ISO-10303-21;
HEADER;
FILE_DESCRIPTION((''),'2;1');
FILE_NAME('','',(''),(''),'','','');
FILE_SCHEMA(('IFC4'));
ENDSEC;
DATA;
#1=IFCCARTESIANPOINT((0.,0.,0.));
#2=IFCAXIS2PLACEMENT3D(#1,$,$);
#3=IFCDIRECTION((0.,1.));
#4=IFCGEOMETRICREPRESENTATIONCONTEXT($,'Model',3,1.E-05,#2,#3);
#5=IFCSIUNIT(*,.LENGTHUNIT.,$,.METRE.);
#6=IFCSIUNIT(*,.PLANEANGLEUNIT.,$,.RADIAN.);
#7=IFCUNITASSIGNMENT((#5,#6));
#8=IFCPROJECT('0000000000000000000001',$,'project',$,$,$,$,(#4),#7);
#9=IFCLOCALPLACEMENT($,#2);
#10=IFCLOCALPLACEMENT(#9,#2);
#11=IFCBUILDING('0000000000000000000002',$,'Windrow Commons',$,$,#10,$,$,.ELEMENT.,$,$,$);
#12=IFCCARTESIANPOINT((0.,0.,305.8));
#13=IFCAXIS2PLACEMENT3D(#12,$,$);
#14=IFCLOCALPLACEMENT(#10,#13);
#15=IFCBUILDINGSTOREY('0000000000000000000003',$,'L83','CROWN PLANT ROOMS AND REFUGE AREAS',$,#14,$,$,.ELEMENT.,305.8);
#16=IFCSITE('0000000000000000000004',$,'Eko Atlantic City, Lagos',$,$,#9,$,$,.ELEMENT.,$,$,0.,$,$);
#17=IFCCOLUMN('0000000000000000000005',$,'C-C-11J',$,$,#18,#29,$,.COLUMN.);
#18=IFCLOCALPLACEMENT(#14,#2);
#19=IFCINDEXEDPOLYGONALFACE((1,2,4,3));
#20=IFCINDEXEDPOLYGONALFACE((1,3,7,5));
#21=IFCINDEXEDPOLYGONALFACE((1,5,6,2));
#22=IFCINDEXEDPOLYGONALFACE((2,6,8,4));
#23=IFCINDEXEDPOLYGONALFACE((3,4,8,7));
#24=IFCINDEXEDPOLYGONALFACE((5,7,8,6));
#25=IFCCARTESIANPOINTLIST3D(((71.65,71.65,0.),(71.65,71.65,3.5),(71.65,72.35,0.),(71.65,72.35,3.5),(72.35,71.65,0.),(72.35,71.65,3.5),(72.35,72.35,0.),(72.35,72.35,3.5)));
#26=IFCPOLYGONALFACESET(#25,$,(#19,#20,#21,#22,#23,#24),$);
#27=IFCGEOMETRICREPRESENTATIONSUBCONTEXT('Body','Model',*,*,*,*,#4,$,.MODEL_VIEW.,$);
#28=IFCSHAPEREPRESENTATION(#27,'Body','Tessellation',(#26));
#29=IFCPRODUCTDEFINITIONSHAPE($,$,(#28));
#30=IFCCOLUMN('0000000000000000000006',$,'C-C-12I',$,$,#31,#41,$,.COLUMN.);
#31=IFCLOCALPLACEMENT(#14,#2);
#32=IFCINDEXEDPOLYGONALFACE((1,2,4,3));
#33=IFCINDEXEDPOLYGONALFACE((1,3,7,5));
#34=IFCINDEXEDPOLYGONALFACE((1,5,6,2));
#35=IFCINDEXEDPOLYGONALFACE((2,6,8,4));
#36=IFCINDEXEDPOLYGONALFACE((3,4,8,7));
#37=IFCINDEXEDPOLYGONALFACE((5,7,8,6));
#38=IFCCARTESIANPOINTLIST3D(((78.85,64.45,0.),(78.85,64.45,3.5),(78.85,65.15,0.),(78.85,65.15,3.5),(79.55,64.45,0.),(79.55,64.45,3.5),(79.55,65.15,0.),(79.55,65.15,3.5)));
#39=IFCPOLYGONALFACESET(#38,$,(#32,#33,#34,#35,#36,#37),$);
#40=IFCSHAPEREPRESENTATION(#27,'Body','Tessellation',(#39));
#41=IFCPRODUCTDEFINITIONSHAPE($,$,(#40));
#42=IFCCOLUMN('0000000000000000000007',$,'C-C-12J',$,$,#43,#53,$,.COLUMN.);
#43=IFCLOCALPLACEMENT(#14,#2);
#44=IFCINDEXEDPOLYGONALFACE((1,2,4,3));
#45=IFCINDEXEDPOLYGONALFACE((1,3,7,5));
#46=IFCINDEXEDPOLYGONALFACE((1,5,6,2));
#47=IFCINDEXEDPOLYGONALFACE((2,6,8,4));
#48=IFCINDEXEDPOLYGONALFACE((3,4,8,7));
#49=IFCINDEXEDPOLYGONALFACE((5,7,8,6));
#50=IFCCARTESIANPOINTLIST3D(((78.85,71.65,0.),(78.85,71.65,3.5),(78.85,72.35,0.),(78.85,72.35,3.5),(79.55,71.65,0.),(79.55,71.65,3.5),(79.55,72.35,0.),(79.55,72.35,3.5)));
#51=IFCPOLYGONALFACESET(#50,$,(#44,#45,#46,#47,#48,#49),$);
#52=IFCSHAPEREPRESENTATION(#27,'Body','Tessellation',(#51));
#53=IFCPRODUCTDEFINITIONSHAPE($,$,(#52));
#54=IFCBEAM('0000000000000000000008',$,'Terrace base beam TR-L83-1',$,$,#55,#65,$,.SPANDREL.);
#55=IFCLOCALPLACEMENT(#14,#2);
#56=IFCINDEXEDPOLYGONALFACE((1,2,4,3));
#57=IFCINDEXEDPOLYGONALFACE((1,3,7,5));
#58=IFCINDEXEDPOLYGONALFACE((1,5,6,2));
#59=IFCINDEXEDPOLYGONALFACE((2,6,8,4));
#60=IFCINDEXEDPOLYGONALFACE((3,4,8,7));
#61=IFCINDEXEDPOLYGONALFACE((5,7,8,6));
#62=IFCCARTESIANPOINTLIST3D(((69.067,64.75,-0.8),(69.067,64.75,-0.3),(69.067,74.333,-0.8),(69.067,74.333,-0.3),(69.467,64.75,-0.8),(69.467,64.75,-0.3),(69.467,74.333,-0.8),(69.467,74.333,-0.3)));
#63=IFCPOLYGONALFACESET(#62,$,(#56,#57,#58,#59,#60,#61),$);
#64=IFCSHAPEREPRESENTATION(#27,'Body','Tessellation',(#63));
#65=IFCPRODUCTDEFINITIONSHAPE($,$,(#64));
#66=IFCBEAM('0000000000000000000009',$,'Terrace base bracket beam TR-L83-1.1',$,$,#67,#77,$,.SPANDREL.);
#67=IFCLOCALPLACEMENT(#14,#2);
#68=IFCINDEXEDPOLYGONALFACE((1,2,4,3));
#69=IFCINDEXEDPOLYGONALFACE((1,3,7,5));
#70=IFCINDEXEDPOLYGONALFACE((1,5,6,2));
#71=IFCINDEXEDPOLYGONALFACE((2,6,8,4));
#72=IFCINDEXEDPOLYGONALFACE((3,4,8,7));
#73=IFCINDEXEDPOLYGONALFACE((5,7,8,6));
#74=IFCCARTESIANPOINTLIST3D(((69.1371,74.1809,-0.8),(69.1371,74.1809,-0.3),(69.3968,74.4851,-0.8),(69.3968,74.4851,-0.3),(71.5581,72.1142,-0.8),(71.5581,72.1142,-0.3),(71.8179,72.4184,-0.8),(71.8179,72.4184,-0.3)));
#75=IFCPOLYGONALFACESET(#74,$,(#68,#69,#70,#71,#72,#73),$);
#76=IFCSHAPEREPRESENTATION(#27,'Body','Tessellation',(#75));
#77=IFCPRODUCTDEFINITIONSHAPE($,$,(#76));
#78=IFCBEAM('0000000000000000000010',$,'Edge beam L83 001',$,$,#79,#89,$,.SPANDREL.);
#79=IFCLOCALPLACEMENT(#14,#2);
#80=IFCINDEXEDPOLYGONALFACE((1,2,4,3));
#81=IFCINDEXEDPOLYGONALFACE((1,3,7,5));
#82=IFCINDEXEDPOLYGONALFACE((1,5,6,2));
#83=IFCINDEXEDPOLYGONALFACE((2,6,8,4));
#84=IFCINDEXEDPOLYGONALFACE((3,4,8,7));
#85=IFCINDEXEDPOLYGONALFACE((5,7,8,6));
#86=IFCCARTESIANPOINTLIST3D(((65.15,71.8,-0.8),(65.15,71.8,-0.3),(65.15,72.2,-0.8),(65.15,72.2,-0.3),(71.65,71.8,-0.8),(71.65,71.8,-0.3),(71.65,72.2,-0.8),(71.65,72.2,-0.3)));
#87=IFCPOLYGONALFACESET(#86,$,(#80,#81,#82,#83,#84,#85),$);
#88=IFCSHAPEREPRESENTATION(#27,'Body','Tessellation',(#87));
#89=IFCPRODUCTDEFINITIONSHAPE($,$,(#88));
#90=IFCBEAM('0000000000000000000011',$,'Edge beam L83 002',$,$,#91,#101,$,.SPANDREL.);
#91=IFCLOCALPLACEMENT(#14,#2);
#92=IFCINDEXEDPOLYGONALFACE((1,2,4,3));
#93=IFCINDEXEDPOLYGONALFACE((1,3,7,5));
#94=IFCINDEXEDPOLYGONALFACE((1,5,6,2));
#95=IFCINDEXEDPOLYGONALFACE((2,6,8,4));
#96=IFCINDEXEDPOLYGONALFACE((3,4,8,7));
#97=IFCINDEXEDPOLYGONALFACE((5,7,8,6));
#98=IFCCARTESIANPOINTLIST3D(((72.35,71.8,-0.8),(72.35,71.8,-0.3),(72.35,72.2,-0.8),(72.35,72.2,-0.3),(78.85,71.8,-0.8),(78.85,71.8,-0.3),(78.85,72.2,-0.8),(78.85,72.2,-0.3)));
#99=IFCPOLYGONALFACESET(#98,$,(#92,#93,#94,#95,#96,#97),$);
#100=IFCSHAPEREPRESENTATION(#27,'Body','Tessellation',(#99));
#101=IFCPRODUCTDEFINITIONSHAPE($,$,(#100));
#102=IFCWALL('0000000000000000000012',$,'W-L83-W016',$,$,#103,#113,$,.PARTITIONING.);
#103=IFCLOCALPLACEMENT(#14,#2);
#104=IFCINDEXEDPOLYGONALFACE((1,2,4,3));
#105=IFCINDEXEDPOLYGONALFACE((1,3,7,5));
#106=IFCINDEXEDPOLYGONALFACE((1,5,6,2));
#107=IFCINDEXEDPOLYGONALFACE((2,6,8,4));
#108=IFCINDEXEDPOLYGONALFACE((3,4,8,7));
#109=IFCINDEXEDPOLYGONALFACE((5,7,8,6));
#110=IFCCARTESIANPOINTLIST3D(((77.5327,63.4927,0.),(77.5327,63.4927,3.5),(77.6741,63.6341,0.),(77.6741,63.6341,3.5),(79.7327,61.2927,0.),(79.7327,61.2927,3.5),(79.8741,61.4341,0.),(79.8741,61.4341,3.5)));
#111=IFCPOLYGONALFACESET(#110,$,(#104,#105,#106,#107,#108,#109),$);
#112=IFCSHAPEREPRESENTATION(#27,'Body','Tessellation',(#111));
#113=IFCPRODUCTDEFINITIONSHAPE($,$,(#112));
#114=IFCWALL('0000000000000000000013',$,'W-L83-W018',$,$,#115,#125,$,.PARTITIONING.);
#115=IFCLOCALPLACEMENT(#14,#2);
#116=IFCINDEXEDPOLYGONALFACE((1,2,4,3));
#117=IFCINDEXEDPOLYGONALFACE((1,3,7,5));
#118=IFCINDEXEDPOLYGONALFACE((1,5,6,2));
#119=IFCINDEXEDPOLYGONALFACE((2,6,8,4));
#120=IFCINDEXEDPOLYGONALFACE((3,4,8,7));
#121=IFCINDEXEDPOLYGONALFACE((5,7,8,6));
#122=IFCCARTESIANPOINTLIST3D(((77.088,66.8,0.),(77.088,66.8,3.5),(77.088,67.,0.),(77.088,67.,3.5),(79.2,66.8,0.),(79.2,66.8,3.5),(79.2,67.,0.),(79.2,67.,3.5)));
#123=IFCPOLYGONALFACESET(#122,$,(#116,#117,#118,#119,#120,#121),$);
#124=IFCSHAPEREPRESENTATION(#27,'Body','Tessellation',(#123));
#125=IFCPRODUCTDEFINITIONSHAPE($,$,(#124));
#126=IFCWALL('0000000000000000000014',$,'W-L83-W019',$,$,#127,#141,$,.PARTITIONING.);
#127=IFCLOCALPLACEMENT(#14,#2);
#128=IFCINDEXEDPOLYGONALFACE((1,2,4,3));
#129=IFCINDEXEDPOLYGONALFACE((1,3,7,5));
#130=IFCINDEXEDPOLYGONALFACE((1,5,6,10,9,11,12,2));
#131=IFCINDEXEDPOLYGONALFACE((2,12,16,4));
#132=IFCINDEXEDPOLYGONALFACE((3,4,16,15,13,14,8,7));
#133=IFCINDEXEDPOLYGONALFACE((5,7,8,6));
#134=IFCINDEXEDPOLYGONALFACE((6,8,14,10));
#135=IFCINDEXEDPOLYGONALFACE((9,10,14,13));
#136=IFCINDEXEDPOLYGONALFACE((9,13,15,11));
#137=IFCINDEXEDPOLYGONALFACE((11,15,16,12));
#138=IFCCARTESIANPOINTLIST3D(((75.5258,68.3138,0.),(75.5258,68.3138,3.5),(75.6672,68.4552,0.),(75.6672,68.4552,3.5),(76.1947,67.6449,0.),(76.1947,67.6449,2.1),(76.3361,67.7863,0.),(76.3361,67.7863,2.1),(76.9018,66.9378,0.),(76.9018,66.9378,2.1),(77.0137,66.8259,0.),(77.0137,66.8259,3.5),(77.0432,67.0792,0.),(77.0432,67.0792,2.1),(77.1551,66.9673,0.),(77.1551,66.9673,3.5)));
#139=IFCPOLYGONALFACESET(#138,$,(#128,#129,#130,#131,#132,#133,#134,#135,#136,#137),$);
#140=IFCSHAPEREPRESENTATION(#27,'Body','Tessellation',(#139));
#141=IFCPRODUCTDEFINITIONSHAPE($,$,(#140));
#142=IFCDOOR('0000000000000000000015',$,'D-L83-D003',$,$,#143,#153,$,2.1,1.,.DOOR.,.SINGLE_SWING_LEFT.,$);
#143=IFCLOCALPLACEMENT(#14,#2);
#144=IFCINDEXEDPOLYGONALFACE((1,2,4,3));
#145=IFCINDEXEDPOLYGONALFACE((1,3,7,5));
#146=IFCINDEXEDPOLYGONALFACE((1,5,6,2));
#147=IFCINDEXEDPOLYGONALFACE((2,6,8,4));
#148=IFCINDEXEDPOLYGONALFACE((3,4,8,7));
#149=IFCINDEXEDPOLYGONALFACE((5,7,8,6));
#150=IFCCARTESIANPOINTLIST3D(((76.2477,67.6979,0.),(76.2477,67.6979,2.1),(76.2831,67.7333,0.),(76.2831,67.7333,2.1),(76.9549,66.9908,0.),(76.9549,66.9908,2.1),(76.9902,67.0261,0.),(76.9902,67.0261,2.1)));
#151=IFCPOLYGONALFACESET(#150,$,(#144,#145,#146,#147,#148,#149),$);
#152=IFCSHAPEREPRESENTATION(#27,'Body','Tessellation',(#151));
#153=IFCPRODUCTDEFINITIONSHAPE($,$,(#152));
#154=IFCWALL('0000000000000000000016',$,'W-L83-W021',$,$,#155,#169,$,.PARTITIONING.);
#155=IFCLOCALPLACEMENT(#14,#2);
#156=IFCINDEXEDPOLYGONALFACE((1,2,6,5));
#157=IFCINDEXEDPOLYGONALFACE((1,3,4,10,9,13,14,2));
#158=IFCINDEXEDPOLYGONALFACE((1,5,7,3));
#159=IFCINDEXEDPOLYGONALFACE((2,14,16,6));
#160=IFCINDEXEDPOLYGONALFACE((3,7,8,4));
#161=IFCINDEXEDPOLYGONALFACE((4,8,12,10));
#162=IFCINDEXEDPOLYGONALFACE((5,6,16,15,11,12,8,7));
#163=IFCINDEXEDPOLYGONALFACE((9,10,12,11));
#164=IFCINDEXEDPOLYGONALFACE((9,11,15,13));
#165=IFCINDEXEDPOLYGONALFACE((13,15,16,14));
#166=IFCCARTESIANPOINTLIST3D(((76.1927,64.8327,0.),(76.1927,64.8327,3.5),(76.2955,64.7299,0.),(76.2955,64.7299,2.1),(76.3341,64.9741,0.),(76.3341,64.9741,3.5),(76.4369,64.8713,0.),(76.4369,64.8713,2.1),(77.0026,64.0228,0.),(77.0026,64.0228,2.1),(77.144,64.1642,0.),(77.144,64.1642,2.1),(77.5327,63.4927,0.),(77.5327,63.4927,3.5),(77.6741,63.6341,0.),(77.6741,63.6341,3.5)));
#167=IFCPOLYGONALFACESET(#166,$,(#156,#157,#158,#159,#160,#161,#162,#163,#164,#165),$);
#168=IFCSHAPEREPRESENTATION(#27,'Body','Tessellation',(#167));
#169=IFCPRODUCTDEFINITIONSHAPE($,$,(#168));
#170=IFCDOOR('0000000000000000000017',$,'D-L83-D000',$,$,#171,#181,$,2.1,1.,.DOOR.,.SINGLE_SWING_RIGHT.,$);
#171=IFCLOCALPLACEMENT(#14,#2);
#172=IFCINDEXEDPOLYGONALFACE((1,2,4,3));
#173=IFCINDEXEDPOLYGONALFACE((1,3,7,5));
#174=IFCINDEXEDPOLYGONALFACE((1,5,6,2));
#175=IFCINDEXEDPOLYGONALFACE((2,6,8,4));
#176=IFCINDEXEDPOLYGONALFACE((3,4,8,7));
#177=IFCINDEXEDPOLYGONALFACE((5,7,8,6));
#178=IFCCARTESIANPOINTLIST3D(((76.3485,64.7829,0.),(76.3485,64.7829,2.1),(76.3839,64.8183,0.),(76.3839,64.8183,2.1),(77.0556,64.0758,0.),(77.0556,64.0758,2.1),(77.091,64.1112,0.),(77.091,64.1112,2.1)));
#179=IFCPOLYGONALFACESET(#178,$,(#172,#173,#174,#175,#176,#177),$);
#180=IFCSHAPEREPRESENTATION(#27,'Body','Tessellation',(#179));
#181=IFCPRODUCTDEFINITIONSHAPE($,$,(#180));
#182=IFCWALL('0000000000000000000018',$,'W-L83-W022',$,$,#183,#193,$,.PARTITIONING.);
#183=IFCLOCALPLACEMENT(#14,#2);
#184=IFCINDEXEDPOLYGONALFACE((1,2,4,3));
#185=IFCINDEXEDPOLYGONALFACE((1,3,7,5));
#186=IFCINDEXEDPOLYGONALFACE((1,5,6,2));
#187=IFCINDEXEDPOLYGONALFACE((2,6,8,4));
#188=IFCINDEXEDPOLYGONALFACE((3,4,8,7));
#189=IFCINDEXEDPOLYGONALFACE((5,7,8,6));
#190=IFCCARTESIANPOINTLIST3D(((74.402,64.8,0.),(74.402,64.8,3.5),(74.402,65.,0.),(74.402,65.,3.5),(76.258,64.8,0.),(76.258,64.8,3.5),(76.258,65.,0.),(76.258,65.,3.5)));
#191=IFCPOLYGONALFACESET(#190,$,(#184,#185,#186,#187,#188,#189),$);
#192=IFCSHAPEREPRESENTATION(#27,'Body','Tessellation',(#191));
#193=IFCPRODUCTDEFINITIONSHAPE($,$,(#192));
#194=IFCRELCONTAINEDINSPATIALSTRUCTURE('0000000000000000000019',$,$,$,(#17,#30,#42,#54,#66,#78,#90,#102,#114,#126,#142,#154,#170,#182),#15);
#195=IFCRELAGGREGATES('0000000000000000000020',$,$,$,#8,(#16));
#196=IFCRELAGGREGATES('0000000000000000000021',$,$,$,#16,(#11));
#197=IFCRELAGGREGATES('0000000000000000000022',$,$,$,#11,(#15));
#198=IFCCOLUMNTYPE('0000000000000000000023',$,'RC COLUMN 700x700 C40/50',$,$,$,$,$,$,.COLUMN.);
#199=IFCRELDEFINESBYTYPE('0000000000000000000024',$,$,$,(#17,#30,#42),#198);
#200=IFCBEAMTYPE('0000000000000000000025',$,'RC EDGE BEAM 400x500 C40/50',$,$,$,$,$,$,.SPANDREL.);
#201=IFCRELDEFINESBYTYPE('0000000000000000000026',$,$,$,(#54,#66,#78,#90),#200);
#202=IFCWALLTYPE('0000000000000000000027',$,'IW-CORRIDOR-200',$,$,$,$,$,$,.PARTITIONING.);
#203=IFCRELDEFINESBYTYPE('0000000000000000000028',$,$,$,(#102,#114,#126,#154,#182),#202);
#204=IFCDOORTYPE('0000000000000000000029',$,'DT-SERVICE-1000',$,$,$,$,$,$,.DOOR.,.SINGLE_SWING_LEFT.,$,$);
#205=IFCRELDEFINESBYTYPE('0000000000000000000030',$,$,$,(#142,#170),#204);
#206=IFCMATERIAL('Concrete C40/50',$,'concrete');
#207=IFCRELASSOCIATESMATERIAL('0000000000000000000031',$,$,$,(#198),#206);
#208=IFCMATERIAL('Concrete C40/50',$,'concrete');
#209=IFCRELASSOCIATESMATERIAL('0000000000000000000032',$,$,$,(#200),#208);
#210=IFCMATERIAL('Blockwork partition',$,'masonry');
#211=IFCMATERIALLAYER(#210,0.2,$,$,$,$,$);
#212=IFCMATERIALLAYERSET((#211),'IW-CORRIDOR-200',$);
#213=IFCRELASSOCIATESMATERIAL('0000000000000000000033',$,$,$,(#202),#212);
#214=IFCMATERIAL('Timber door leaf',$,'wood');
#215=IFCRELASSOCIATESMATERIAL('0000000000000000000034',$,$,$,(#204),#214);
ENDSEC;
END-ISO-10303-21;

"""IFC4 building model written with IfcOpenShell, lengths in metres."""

from ifc_helpers import new_model, si_unit, direction, frame, frame_2d, origin, origin_2d, place, context, subcontext, project, spatial, rectangle, extrude, material, layer, layer_set, material_profile, profile_set, type_object, element, fill, save


model = new_model("IFC4")

# Units and contexts
model_context = context("Model", 3, precision=1e-05, world=origin(), true_north=direction((0.0, 1.0)))
body_context = subcontext(model_context, "Body", "Model", "MODEL_VIEW")
ifc_project = project(units=[si_unit("LENGTHUNIT", "METRE"), si_unit("PLANEANGLEUNIT", "RADIAN")], contexts=[model_context])

# Site, building, storey
site_placement = place(None, origin())
site = spatial("IfcSite", under=ifc_project, at=site_placement, Name="Eko Atlantic City, Lagos", CompositionType="ELEMENT", RefElevation=0.0)
building_placement = place(site_placement, origin())
building = spatial("IfcBuilding", under=site, at=building_placement, Name="Windrow Commons", CompositionType="ELEMENT")
storey_placement = place(building_placement, frame((0.0, 0.0, 305.8)))
storey = spatial("IfcBuildingStorey", under=building, at=storey_placement, Name="L83", Description="CROWN PLANT ROOMS AND REFUGE AREAS", CompositionType="ELEMENT", Elevation=305.8)

# Columns
ifc_material_1 = material(Name="Concrete C40/50", Category="concrete")
ifc_material_profile_1 = material_profile(ifc_material_1, rectangle(XDim=0.7, YDim=0.7, at=origin_2d()))
ifc_profile_set_1 = profile_set([ifc_material_profile_1], Name="Concrete C40/50")
column_type = type_object("IfcColumnType", Name="RC COLUMN 700x700 C40/50", PredefinedType="COLUMN", material=ifc_profile_set_1)
for number, where, z_axis, x_axis, name in (
    (1, (72.0, 72.0, 0.0), (0.0, 0.0, 1.0), (1.0, 0.0, 0.0), "C-C-11J"),
    (2, (79.2, 64.8, 0.0), (0.0, 0.0, 1.0), (1.0, 0.0, 0.0), "C-C-12I"),
    (3, (79.2, 72.0, 0.0), (0.0, 0.0, 1.0), (1.0, 0.0, 0.0), "C-C-12J"),
):
    element("IfcColumn", number, at=place(storey_placement, frame(where, z_axis=z_axis, x_axis=x_axis)), inside=storey, type_object=column_type, Name=name, PredefinedType="COLUMN", context=body_context, shape_type="SweptSolid", body=[
        extrude(rectangle(XDim=0.7, YDim=0.7, at=origin_2d()), origin(), (0.0, 0.0, 1.0), 3.5),
    ])

# Beams
ifc_material_2 = material(Name="Concrete C40/50", Category="concrete")
ifc_material_profile_2 = material_profile(ifc_material_2, rectangle(XDim=0.4, YDim=0.5, at=origin_2d()))
ifc_profile_set_2 = profile_set([ifc_material_profile_2], Name="Concrete C40/50")
beam_type = type_object("IfcBeamType", Name="RC EDGE BEAM 400x500 C40/50", PredefinedType="SPANDREL", material=ifc_profile_set_2)
beam_1_placement = place(storey_placement, frame((69.267, 74.333, -0.55), z_axis=(0.0, -1.0, 0.0), x_axis=(1.0, 0.0, 0.0)))
element("IfcBeam", 4, at=beam_1_placement, inside=storey, type_object=beam_type, Name="Terrace base beam TR-L83-1", PredefinedType="SPANDREL", context=body_context, shape_type="SweptSolid", body=[
    extrude(rectangle(XDim=0.4, YDim=0.5, at=origin_2d()), origin(), (0.0, 0.0, 1.0), 9.583),
])
beam_2_placement = place(storey_placement, frame((71.688, 72.2663, -0.55), z_axis=(-0.760566, 0.649261, 0.0), x_axis=(-0.649261, -0.760566, 0.0)))
element("IfcBeam", 5, at=beam_2_placement, inside=storey, type_object=beam_type, Name="Terrace base bracket beam TR-L83-1.1", PredefinedType="SPANDREL", context=body_context, shape_type="SweptSolid", body=[
    extrude(rectangle(XDim=0.4, YDim=0.5, at=origin_2d()), origin(), (0.0, 0.0, 1.0), 3.1832),
])
for number, where, z_axis, x_axis, name in (
    (6, (65.15, 72.0, -0.55), (1.0, 0.0, 0.0), (0.0, 1.0, 0.0), "Edge beam L83 001"),
    (7, (72.35, 72.0, -0.55), (1.0, 0.0, 0.0), (0.0, 1.0, 0.0), "Edge beam L83 002"),
):
    element("IfcBeam", number, at=place(storey_placement, frame(where, z_axis=z_axis, x_axis=x_axis)), inside=storey, type_object=beam_type, Name=name, PredefinedType="SPANDREL", context=body_context, shape_type="SweptSolid", body=[
        extrude(rectangle(XDim=0.4, YDim=0.5, at=origin_2d()), origin(), (0.0, 0.0, 1.0), 6.5),
    ])

# Walls
ifc_material_3 = material(Name="Blockwork partition", Category="masonry")
ifc_layer_1 = layer(ifc_material_3, 0.2)
ifc_layer_set_1 = layer_set([ifc_layer_1], Name="IW-CORRIDOR-200")
wall_type_1 = type_object("IfcWallType", Name="IW-CORRIDOR-200", PredefinedType="PARTITIONING", material=ifc_layer_set_1)
wall_1_placement = place(storey_placement, frame((77.6034, 63.5634, 0.0), z_axis=(0.0, 0.0, 1.0), x_axis=(0.707107, -0.707107, 0.0)))
element("IfcWall", 8, at=wall_1_placement, inside=storey, type_object=wall_type_1, Name="W-L83-W016", PredefinedType="PARTITIONING", context=body_context, shape_type="SweptSolid", body=[
    extrude(rectangle(XDim=3.1113, YDim=0.2, at=frame_2d((1.5556, 0.0))), origin(), (0.0, 0.0, 1.0), 3.5),
])
wall_2_placement = place(storey_placement, frame((77.088, 66.9, 0.0), z_axis=(0.0, 0.0, 1.0), x_axis=(1.0, 0.0, 0.0)))
element("IfcWall", 9, at=wall_2_placement, inside=storey, type_object=wall_type_1, Name="W-L83-W018", PredefinedType="PARTITIONING", context=body_context, shape_type="SweptSolid", body=[
    extrude(rectangle(XDim=2.112, YDim=0.2, at=frame_2d((1.056, 0.0))), origin(), (0.0, 0.0, 1.0), 3.5),
])

# Walls, openings, doors
wall_3_placement = place(storey_placement, frame((75.5965, 68.3845, 0.0), z_axis=(0.0, 0.0, 1.0), x_axis=(0.707107, -0.707107, 0.0)))
wall_3 = element("IfcWall", 10, at=wall_3_placement, inside=storey, type_object=wall_type_1, Name="W-L83-W019", PredefinedType="PARTITIONING", context=body_context, shape_type="SweptSolid", body=[
    extrude(rectangle(XDim=2.1043, YDim=0.2, at=frame_2d((1.0521, 0.0))), origin(), (0.0, 0.0, 1.0), 3.5),
])
opening_1_placement = place(wall_3_placement, frame((0.946, 0.0, 0.0)))
opening_1 = element("IfcOpeningElement", 11, at=opening_1_placement, cuts=wall_3, PredefinedType="OPENING", context=body_context, shape_type="SweptSolid", body=[
    extrude(rectangle(XDim=1.0, YDim=2.1, at=frame_2d((0.5, 1.05))), frame((0.0, 0.11, 0.0), z_axis=(0.0, -1.0, 0.0), x_axis=(1.0, 0.0, 0.0)), (0.0, 0.0, 1.0), 0.22),
])
ifc_material_4 = material(Name="Timber door leaf", Category="wood")
door_type = type_object("IfcDoorType", Name="DT-SERVICE-1000", OperationType="SINGLE_SWING_LEFT", PredefinedType="DOOR", material=ifc_material_4)
door_1_placement = place(opening_1_placement, origin())
door_1 = element("IfcDoor", 12, at=door_1_placement, inside=storey, type_object=door_type, Name="D-L83-D003", OperationType="SINGLE_SWING_LEFT", OverallHeight=2.1, OverallWidth=1.0, PredefinedType="DOOR", context=body_context, shape_type="SweptSolid", body=[
    extrude(rectangle(XDim=1.0, YDim=2.1, at=frame_2d((0.5, 1.05))), frame((0.0, 0.025, 0.0), z_axis=(0.0, -1.0, 0.0), x_axis=(1.0, 0.0, 0.0)), (0.0, 0.0, 1.0), 0.05),
])
fill(opening_1, door_1)
wall_4_placement = place(storey_placement, frame((76.2634, 64.9034, 0.0), z_axis=(0.0, 0.0, 1.0), x_axis=(0.707107, -0.707107, 0.0)))
wall_4 = element("IfcWall", 13, at=wall_4_placement, inside=storey, type_object=wall_type_1, Name="W-L83-W021", PredefinedType="PARTITIONING", context=body_context, shape_type="SweptSolid", body=[
    extrude(rectangle(XDim=1.895, YDim=0.2, at=frame_2d((0.9475, 0.0))), origin(), (0.0, 0.0, 1.0), 3.5),
])
opening_2_placement = place(wall_4_placement, frame((0.1454, 0.0, 0.0)))
opening_2 = element("IfcOpeningElement", 14, at=opening_2_placement, cuts=wall_4, PredefinedType="OPENING", context=body_context, shape_type="SweptSolid", body=[
    extrude(rectangle(XDim=1.0, YDim=2.1, at=frame_2d((0.5, 1.05))), frame((0.0, 0.11, 0.0), z_axis=(0.0, -1.0, 0.0), x_axis=(1.0, 0.0, 0.0)), (0.0, 0.0, 1.0), 0.22),
])
door_2_placement = place(opening_2_placement, origin())
door_2 = element("IfcDoor", 15, at=door_2_placement, inside=storey, type_object=door_type, Name="D-L83-D000", OperationType="SINGLE_SWING_RIGHT", OverallHeight=2.1, OverallWidth=1.0, PredefinedType="DOOR", context=body_context, shape_type="SweptSolid", body=[
    extrude(rectangle(XDim=1.0, YDim=2.1, at=frame_2d((0.5, 1.05))), frame((0.0, 0.025, 0.0), z_axis=(0.0, -1.0, 0.0), x_axis=(1.0, 0.0, 0.0)), (0.0, 0.0, 1.0), 0.05),
])
fill(opening_2, door_2)

# Wall
wall_5_placement = place(storey_placement, frame((74.402, 64.9, 0.0), z_axis=(0.0, 0.0, 1.0), x_axis=(1.0, 0.0, 0.0)))
element("IfcWall", 16, at=wall_5_placement, inside=storey, type_object=wall_type_1, Name="W-L83-W022", PredefinedType="PARTITIONING", context=body_context, shape_type="SweptSolid", body=[
    extrude(rectangle(XDim=1.856, YDim=0.2, at=frame_2d((0.928, 0.0))), origin(), (0.0, 0.0, 1.0), 3.5),
])

save(model, "model.ifc")
